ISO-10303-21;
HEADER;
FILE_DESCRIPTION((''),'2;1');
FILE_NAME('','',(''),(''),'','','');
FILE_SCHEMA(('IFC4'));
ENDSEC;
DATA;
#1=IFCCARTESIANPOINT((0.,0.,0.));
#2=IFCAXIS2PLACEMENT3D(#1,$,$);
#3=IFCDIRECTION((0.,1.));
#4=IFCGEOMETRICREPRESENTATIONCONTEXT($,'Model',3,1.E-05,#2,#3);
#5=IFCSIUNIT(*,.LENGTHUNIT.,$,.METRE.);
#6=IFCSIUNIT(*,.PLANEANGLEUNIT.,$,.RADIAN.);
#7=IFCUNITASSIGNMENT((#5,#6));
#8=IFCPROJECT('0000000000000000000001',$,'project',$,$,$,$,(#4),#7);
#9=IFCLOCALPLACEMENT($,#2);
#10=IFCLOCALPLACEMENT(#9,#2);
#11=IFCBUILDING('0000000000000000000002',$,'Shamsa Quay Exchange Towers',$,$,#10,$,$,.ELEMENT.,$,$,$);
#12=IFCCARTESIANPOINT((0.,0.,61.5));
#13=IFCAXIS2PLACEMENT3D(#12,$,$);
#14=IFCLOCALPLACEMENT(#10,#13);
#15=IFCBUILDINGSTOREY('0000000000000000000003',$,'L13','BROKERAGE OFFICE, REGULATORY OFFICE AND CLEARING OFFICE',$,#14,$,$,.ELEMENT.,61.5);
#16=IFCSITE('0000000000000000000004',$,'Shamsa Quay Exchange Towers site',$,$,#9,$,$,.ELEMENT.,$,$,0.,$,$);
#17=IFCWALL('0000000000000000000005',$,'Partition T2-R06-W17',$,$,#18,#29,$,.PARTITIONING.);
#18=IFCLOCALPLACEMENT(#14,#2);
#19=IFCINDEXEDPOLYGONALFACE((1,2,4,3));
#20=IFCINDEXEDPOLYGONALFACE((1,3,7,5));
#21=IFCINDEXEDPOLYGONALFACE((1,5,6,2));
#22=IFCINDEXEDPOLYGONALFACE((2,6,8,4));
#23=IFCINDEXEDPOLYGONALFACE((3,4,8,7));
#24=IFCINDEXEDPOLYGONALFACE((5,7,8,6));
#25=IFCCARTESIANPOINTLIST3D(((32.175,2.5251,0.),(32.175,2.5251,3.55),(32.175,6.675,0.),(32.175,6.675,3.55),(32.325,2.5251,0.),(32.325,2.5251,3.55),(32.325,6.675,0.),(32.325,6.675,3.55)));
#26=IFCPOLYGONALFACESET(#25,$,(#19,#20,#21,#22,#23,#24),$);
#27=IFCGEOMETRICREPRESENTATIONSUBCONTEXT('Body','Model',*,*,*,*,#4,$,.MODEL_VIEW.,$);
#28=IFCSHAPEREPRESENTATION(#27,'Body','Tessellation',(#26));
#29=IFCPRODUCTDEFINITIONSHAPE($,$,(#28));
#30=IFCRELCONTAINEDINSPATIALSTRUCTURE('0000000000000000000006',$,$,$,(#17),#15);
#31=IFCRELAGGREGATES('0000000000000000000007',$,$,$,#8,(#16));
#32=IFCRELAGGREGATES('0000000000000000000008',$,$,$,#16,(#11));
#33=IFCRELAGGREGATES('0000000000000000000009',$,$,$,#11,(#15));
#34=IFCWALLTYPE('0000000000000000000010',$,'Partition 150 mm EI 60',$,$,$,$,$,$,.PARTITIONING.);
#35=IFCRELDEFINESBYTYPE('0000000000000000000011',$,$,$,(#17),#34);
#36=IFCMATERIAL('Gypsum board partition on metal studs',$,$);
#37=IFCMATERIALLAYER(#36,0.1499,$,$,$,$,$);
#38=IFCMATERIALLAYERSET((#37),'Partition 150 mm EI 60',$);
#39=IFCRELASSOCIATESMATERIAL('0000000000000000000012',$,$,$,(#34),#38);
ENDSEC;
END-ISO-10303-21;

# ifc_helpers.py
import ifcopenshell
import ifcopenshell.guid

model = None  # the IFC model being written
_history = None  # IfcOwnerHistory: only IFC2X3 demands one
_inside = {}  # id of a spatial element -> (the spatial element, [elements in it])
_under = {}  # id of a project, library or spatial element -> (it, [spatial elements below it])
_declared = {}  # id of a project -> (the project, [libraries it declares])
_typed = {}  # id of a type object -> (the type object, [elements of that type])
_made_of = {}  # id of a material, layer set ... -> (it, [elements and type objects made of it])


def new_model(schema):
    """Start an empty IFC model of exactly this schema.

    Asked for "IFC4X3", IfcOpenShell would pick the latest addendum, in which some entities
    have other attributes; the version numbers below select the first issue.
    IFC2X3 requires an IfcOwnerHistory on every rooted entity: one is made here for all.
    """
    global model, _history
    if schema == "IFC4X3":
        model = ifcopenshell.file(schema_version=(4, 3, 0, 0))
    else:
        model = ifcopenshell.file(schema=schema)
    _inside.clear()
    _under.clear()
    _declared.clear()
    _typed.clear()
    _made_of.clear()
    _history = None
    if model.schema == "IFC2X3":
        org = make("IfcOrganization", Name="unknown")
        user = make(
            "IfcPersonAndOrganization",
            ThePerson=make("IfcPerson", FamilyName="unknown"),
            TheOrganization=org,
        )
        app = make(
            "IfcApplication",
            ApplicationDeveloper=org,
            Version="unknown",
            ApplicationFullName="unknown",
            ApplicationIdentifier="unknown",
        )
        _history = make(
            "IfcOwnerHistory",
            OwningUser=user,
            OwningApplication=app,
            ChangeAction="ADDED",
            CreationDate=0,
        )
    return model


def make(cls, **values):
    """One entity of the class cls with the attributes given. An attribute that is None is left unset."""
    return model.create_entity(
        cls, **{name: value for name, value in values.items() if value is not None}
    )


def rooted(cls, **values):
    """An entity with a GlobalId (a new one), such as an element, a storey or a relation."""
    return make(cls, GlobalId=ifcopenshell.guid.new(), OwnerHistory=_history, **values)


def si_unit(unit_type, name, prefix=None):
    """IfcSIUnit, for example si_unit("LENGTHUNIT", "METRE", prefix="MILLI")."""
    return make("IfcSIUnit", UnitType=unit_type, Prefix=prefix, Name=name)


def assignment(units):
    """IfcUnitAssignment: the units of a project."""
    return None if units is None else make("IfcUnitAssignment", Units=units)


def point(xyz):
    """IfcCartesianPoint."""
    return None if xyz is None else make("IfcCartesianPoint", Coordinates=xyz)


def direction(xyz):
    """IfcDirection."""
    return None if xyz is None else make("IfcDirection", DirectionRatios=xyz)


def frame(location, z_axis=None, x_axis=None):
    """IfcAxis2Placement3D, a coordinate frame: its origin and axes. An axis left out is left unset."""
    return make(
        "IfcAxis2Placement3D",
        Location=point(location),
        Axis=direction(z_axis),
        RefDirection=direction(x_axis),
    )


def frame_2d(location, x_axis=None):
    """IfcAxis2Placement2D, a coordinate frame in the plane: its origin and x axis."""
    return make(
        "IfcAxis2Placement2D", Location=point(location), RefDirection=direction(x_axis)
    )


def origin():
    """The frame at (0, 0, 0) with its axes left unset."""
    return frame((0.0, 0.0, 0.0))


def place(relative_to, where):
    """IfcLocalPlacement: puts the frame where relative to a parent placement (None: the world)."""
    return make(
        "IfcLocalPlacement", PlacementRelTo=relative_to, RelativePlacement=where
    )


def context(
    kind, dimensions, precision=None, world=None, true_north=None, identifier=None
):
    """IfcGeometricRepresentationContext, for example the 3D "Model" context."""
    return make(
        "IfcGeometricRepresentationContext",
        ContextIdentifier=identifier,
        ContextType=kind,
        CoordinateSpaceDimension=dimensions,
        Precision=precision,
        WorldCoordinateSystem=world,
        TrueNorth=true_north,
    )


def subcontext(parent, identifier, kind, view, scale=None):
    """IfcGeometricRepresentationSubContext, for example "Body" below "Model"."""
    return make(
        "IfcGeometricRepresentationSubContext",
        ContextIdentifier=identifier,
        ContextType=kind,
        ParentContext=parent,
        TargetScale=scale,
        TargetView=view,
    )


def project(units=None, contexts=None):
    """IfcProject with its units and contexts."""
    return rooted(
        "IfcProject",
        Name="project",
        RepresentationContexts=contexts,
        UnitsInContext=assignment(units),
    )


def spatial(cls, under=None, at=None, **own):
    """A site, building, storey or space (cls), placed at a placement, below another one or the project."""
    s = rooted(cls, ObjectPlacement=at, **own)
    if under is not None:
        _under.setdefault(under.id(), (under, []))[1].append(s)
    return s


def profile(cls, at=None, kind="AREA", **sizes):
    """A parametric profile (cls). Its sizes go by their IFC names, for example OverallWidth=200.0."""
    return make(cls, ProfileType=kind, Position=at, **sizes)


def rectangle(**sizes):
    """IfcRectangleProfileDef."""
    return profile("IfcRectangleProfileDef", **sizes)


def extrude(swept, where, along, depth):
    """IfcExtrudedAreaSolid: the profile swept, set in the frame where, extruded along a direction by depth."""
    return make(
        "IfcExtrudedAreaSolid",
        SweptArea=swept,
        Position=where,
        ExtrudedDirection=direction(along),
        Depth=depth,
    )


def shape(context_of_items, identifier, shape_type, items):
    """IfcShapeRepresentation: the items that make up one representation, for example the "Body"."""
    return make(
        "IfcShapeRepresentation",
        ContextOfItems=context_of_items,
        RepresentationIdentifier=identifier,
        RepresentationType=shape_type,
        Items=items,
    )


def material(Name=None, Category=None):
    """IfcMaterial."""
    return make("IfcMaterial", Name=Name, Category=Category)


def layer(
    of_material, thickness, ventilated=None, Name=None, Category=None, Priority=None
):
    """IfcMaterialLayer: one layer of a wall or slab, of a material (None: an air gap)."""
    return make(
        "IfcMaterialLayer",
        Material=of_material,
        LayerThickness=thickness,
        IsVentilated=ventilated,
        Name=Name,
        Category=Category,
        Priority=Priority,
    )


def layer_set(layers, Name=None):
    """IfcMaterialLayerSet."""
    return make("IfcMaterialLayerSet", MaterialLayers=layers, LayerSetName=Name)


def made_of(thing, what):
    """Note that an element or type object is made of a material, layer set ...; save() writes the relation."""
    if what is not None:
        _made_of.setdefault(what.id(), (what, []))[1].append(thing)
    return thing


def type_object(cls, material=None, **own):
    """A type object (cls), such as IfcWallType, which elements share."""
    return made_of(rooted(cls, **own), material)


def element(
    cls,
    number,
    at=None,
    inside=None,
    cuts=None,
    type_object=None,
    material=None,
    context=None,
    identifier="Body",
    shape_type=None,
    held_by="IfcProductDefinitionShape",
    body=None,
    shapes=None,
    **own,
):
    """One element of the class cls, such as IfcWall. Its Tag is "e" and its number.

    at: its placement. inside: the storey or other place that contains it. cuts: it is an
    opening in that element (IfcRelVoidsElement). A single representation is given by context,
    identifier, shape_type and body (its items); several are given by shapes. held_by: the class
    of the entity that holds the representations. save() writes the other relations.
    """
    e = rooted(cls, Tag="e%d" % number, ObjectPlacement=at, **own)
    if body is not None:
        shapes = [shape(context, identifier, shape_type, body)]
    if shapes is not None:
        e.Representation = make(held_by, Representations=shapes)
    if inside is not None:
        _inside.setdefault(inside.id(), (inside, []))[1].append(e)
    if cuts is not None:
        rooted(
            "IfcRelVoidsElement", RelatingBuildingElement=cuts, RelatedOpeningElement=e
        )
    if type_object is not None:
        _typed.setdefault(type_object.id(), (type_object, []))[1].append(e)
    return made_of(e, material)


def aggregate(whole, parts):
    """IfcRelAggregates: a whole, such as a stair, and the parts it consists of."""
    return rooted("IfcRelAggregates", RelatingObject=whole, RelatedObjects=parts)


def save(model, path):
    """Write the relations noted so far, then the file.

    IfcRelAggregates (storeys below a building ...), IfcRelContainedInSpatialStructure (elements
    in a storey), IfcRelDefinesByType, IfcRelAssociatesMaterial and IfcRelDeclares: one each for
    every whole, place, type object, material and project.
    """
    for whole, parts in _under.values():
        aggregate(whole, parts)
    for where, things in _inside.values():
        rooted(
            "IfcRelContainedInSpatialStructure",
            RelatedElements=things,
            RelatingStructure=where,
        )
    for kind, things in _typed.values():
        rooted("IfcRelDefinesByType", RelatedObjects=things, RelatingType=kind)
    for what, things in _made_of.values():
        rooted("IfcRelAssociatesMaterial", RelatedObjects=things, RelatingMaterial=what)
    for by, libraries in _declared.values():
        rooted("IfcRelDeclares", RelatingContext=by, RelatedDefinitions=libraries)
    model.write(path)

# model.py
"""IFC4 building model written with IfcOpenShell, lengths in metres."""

from ifc_helpers import new_model, si_unit, direction, frame, frame_2d, origin, place, context, subcontext, project, spatial, rectangle, extrude, material, layer, layer_set, type_object, element, save


model = new_model("IFC4")

# Units and contexts
model_context = context("Model", 3, precision=1e-05, world=origin(), true_north=direction((0.0, 1.0)))
body_context = subcontext(model_context, "Body", "Model", "MODEL_VIEW")
ifc_project = project(units=[si_unit("LENGTHUNIT", "METRE"), si_unit("PLANEANGLEUNIT", "RADIAN")], contexts=[model_context])

# Site, building, storey
site_placement = place(None, origin())
site = spatial("IfcSite", under=ifc_project, at=site_placement, Name="Shamsa Quay Exchange Towers site", CompositionType="ELEMENT", RefElevation=0.0)
building_placement = place(site_placement, origin())
building = spatial("IfcBuilding", under=site, at=building_placement, Name="Shamsa Quay Exchange Towers", CompositionType="ELEMENT")
storey_placement = place(building_placement, frame((0.0, 0.0, 61.5)))
storey = spatial("IfcBuildingStorey", under=building, at=storey_placement, Name="L13", Description="BROKERAGE OFFICE, REGULATORY OFFICE AND CLEARING OFFICE", CompositionType="ELEMENT", Elevation=61.5)

# Shared definitions
ifc_material_1 = material(Name="Gypsum board partition on metal studs")
ifc_layer_1 = layer(ifc_material_1, 0.1499)
ifc_layer_set_1 = layer_set([ifc_layer_1], Name="Partition 150 mm EI 60")
wall_type_1 = type_object("IfcWallType", Name="Partition 150 mm EI 60", PredefinedType="PARTITIONING", material=ifc_layer_set_1)

# Wall
wall_1_placement = place(storey_placement, frame((32.25, 6.675, 0.0), z_axis=(0.0, 0.0, 1.0), x_axis=(0.0, -1.0, 0.0)))
element("IfcWall", 1, at=wall_1_placement, inside=storey, type_object=wall_type_1, Name="Partition T2-R06-W17", PredefinedType="PARTITIONING", context=body_context, shape_type="SweptSolid", body=[
    extrude(rectangle(XDim=4.1499, YDim=0.1499, at=frame_2d((2.075, 0.0))), origin(), (0.0, 0.0, 1.0), 3.55),
])

save(model, "model.ifc")
